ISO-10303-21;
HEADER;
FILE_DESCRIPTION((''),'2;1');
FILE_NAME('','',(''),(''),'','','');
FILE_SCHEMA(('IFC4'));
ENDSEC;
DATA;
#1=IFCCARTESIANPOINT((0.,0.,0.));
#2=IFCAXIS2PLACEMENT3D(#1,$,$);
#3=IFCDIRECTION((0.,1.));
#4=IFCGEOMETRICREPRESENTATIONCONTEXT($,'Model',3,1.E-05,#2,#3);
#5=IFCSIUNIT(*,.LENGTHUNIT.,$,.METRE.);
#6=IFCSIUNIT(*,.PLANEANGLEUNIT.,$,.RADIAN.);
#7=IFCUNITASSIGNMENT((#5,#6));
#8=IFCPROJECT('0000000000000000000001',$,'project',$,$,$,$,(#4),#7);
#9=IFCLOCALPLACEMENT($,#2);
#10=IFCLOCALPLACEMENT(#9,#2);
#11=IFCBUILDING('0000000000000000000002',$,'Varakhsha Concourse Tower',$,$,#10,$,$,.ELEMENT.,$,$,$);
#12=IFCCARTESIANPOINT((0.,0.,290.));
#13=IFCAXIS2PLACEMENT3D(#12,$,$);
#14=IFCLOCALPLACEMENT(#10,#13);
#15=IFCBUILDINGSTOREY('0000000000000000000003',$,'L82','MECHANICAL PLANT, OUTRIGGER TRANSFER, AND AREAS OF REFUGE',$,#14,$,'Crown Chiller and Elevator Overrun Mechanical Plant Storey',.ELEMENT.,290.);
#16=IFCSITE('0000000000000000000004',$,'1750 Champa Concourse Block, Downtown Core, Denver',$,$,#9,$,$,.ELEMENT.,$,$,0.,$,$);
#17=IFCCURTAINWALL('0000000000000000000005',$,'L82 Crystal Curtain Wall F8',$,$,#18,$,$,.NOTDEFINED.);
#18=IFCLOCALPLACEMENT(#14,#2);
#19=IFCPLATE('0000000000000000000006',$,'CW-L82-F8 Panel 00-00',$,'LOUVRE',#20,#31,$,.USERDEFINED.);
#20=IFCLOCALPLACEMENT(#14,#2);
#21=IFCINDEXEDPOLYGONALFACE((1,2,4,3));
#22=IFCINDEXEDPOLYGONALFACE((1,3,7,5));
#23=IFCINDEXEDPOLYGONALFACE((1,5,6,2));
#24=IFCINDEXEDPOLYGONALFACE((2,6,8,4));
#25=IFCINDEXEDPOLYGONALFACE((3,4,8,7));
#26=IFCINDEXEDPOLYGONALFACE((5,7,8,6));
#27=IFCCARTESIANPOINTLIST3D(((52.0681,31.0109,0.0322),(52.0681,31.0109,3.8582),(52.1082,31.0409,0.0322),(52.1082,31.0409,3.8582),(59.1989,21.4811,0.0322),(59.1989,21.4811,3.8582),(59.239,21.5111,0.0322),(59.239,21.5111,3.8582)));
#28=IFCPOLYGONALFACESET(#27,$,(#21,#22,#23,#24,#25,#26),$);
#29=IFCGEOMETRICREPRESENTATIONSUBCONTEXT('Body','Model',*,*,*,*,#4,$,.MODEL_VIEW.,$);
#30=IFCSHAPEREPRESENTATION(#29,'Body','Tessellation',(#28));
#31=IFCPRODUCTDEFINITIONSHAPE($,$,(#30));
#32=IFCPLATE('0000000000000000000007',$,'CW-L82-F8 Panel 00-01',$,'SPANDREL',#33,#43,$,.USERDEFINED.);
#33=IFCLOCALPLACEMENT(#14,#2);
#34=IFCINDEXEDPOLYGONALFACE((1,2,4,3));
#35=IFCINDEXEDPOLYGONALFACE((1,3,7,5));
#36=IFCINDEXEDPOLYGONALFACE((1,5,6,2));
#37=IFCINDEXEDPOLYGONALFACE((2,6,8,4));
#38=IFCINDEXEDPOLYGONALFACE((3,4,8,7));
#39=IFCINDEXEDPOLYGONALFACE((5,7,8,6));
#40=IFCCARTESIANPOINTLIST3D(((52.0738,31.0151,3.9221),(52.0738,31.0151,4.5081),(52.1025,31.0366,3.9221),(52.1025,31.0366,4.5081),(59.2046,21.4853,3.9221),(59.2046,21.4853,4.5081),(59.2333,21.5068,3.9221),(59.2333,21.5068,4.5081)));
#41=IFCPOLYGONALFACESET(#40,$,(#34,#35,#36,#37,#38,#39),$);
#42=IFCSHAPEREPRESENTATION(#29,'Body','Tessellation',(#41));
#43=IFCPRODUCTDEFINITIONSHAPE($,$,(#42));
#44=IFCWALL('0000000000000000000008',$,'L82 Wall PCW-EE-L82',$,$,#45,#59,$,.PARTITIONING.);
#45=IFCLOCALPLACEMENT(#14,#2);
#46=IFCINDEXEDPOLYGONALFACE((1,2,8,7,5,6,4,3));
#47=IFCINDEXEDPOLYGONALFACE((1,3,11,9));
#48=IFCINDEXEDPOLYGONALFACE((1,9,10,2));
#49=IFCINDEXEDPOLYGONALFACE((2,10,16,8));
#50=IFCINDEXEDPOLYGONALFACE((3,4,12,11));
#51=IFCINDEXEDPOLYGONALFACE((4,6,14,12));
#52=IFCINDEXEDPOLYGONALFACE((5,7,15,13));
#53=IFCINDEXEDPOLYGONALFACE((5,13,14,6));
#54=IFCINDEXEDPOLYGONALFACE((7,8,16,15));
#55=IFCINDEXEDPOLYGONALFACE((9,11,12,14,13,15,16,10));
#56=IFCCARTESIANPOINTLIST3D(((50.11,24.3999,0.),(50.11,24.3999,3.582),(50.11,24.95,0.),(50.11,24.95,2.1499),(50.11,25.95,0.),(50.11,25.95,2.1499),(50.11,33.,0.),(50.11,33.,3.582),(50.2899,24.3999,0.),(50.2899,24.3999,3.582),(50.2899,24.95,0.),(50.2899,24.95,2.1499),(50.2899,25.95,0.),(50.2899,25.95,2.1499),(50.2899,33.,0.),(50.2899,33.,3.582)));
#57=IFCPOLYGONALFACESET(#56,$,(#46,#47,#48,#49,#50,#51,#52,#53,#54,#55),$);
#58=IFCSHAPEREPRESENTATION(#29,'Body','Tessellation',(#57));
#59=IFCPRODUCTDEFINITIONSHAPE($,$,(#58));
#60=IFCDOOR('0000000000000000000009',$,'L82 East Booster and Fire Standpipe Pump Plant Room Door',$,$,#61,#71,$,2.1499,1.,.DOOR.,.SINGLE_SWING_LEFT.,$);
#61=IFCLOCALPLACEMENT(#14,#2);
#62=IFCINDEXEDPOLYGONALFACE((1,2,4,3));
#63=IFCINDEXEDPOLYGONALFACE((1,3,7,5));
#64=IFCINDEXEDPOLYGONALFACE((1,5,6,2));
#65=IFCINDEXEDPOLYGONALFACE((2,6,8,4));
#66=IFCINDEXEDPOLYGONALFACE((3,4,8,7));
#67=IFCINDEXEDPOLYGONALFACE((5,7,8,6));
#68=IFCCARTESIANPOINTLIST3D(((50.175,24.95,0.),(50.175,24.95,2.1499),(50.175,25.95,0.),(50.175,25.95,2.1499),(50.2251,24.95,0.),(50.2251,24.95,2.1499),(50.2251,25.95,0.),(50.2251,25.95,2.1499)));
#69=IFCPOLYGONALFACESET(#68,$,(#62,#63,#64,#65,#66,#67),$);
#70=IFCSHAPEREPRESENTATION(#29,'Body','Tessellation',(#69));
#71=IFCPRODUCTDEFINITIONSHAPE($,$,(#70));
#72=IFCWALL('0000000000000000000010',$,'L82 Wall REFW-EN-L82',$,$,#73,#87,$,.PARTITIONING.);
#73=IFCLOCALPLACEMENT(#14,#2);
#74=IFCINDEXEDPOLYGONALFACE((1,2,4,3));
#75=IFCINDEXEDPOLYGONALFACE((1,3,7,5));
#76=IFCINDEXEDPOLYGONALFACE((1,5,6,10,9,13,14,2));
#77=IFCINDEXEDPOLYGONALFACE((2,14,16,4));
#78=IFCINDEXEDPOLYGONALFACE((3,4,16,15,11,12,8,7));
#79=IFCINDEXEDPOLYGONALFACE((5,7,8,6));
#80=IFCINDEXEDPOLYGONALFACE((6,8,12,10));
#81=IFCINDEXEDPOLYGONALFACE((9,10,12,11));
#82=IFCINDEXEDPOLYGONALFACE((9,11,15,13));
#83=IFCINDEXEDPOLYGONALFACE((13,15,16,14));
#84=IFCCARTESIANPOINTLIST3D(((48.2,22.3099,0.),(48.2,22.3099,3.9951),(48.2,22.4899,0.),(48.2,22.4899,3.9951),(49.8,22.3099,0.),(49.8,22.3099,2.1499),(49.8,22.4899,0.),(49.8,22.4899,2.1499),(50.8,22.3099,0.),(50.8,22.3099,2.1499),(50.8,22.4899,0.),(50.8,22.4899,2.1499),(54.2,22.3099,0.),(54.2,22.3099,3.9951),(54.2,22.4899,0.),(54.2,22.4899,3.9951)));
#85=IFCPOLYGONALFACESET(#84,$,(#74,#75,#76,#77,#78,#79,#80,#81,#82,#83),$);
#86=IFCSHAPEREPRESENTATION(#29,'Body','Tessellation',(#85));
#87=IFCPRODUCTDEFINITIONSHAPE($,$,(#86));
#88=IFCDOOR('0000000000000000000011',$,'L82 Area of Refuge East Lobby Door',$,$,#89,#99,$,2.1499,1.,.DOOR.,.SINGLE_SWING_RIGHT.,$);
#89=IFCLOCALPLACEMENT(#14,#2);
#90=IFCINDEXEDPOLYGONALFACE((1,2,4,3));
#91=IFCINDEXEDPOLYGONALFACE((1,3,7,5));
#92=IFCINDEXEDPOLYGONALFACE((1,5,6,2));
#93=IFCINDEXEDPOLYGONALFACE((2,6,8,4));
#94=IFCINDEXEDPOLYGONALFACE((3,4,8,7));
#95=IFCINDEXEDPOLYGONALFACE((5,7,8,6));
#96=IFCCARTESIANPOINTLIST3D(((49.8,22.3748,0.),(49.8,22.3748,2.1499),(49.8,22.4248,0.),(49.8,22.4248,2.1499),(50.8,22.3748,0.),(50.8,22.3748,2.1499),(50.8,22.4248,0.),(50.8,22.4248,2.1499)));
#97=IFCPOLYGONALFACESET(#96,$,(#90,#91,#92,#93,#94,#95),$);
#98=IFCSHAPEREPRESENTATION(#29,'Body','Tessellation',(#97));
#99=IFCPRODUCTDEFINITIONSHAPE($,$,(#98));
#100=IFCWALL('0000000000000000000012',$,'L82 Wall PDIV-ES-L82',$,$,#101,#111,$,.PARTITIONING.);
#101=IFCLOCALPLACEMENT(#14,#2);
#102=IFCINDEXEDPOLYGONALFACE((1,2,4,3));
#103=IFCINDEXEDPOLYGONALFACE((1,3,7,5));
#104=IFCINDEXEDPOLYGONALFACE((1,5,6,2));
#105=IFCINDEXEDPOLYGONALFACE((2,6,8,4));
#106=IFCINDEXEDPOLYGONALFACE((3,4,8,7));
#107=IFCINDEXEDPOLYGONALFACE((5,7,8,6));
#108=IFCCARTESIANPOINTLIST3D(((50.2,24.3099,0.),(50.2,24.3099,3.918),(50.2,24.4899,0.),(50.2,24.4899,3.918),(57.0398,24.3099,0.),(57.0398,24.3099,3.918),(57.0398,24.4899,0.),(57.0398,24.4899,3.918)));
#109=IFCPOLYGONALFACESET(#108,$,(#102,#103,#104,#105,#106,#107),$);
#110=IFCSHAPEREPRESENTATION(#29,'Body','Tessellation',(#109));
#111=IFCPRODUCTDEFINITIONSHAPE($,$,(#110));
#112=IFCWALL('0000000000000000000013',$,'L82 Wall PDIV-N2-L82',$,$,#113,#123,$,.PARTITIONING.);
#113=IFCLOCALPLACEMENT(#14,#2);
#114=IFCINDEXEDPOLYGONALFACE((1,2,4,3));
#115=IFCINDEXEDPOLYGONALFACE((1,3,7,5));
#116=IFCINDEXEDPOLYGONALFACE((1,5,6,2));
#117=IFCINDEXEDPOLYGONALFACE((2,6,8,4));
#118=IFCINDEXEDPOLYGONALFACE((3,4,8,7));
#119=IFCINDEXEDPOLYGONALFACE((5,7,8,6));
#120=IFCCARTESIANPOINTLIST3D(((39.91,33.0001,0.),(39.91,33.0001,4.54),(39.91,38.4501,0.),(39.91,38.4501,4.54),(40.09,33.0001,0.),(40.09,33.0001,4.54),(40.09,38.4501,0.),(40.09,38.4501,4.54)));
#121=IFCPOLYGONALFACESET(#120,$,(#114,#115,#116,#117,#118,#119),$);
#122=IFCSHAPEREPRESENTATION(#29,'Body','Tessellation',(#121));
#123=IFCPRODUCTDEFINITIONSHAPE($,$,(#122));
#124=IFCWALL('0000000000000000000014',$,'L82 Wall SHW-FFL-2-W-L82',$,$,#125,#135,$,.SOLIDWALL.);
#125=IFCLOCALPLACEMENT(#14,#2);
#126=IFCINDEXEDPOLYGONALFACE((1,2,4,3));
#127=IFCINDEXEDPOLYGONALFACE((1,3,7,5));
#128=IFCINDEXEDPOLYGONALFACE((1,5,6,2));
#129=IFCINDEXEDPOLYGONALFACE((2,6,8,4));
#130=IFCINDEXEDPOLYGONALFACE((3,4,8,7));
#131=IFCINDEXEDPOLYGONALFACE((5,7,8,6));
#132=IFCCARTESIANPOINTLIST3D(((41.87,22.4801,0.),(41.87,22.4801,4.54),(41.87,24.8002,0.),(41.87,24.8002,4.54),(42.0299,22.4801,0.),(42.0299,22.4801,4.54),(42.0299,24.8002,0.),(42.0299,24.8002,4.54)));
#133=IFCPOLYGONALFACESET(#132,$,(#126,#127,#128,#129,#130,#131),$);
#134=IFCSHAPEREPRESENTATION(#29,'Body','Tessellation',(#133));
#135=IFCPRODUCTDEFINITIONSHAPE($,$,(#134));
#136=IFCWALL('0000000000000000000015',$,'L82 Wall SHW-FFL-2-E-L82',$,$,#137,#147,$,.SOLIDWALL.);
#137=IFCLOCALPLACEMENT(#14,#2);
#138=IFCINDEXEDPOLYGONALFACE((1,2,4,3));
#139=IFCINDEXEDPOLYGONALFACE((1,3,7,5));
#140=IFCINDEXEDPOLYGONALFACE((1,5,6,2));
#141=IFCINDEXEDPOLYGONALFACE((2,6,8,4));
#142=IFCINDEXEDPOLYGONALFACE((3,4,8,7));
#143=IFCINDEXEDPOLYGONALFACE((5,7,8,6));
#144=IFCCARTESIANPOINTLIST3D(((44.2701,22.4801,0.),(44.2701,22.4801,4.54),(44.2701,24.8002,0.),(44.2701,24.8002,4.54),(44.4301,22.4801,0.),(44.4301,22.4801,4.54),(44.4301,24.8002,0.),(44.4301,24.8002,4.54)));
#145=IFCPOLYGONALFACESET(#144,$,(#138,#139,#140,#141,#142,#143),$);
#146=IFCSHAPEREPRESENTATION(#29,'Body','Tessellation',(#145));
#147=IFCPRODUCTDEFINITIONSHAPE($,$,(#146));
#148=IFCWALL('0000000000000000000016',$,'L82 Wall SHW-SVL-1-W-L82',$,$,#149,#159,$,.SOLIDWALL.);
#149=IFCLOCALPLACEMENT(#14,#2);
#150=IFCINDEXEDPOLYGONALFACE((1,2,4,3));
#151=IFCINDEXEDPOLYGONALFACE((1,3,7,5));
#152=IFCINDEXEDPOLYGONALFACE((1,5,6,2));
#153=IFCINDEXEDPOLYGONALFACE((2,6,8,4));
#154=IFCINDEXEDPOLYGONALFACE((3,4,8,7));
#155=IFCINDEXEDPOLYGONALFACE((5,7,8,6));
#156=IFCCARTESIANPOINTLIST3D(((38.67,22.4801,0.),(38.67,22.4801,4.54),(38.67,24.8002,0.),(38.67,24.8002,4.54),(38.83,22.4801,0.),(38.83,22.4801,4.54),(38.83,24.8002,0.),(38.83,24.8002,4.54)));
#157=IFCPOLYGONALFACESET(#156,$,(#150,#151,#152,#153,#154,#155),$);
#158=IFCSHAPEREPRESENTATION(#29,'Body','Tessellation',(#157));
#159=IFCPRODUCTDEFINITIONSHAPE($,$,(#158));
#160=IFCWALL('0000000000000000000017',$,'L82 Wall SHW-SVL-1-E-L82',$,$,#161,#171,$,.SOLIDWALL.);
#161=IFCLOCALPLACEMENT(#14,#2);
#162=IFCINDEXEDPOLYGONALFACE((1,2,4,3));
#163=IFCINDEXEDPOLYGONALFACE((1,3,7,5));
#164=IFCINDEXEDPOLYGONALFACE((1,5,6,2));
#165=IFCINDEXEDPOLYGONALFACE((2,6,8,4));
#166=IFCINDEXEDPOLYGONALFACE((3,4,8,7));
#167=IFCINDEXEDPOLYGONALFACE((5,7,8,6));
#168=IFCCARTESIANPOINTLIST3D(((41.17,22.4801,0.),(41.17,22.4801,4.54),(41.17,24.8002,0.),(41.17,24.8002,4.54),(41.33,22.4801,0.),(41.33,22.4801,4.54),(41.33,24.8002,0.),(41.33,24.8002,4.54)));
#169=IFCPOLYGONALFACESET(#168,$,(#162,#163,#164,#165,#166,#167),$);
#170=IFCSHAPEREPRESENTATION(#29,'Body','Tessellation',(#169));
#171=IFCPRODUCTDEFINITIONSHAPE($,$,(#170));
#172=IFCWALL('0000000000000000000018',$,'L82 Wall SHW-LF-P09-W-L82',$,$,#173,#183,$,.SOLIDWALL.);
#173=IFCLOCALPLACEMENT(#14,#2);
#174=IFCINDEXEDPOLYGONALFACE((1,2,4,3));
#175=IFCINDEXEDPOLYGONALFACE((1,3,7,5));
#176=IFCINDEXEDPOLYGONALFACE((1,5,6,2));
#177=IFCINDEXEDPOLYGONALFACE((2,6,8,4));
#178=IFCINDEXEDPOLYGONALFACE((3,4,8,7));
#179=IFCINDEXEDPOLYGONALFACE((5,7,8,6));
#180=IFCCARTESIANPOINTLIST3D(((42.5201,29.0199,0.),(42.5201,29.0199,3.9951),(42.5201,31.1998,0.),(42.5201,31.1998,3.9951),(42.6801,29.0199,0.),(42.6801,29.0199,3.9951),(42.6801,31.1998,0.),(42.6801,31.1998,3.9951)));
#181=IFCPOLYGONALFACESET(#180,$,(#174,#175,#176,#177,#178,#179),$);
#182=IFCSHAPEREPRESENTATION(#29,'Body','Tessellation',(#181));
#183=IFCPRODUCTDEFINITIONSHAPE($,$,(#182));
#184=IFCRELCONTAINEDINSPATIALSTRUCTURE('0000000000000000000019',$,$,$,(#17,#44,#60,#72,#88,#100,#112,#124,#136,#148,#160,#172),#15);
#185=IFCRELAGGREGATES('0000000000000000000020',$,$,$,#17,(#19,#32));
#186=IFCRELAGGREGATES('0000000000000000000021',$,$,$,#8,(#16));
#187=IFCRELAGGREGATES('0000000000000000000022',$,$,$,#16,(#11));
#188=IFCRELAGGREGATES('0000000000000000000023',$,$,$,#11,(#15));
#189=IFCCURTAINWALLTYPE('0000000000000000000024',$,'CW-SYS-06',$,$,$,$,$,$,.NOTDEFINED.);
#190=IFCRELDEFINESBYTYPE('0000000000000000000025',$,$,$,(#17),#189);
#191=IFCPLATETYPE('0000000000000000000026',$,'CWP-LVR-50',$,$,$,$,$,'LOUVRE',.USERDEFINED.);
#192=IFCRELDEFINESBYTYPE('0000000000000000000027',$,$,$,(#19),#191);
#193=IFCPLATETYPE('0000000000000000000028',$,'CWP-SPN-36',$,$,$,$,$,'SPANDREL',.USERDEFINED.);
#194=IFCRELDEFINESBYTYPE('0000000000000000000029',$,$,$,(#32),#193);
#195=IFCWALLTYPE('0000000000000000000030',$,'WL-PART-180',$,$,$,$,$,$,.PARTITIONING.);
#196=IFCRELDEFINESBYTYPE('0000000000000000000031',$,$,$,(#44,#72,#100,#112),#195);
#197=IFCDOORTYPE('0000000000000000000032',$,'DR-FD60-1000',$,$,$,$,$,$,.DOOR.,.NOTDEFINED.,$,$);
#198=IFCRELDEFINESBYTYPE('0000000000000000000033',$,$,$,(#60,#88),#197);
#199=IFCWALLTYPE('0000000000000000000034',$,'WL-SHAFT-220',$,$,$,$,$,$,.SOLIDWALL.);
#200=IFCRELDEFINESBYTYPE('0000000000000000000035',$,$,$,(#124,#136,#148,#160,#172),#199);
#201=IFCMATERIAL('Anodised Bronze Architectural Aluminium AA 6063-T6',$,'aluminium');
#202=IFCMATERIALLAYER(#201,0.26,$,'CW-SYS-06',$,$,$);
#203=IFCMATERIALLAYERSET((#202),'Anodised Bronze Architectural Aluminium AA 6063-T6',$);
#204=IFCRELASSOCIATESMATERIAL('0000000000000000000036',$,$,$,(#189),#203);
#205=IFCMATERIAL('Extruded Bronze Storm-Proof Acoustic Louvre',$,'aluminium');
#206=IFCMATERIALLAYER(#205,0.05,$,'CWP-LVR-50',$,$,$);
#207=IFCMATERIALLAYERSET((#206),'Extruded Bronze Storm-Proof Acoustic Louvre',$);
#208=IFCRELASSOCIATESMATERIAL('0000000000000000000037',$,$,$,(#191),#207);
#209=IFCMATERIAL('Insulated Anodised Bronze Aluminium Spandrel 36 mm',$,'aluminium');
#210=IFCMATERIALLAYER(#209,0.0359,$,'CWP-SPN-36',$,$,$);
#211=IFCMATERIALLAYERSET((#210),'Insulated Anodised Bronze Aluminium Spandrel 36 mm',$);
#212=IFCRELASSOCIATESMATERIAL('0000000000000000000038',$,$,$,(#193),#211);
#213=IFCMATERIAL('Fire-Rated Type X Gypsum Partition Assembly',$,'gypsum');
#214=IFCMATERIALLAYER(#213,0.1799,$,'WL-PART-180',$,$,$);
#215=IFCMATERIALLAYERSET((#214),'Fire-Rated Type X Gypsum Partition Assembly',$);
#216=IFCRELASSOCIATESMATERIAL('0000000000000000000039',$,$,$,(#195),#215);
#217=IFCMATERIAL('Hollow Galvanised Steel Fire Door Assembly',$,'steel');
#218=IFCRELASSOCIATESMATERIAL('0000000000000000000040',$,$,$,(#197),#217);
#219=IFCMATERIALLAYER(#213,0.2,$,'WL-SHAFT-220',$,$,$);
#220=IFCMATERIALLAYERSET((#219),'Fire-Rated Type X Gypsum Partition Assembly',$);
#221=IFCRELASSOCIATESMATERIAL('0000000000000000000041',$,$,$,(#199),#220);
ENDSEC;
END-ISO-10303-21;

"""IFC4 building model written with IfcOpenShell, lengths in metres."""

from ifc_helpers import new_model, si_unit, direction, frame, frame_2d, origin, origin_2d, place, context, subcontext, project, spatial, rectangle, extrude, source, transform, mapped, material, layer, layer_set, type_object, type_shapes, element, fill, aggregate, save


model = new_model("IFC4")

# Units and contexts
model_context = context("Model", 3, precision=1e-05, world=origin(), true_north=direction((0.0, 1.0)))
body_context = subcontext(model_context, "Body", "Model", "MODEL_VIEW")
ifc_project = project(units=[si_unit("LENGTHUNIT", "METRE"), si_unit("PLANEANGLEUNIT", "RADIAN")], contexts=[model_context])

# Site, building, storey
site_placement = place(None, origin())
site = spatial("IfcSite", under=ifc_project, at=site_placement, Name="1750 Champa Concourse Block, Downtown Core, Denver", CompositionType="ELEMENT", RefElevation=0.0)
building_placement = place(site_placement, origin())
building = spatial("IfcBuilding", under=site, at=building_placement, Name="Varakhsha Concourse Tower", CompositionType="ELEMENT")
storey_placement = place(building_placement, frame((0.0, 0.0, 290.0)))
storey = spatial("IfcBuildingStorey", under=building, at=storey_placement, Name="L82", Description="MECHANICAL PLANT, OUTRIGGER TRANSFER, AND AREAS OF REFUGE", LongName="Crown Chiller and Elevator Overrun Mechanical Plant Storey", CompositionType="ELEMENT", Elevation=290.0)

# Curtain wall
ifc_material_1 = material(Name="Anodised Bronze Architectural Aluminium AA 6063-T6", Category="aluminium")
ifc_layer_1 = layer(ifc_material_1, 0.26, Name="CW-SYS-06")
ifc_layer_set_1 = layer_set([ifc_layer_1], Name="Anodised Bronze Architectural Aluminium AA 6063-T6")
curtain_wall_type = type_object("IfcCurtainWallType", Name="CW-SYS-06", PredefinedType="NOTDEFINED", material=ifc_layer_set_1)
curtain_wall_1_placement = place(storey_placement, origin())
curtain_wall_1 = element("IfcCurtainWall", 1, at=curtain_wall_1_placement, inside=storey, type_object=curtain_wall_type, Name="L82 Crystal Curtain Wall F8", PredefinedType="NOTDEFINED")

# Plates
ifc_material_2 = material(Name="Extruded Bronze Storm-Proof Acoustic Louvre", Category="aluminium")
ifc_layer_2 = layer(ifc_material_2, 0.05, Name="CWP-LVR-50")
ifc_layer_set_2 = layer_set([ifc_layer_2], Name="Extruded Bronze Storm-Proof Acoustic Louvre")
plate_type_1 = type_object("IfcPlateType", Name="CWP-LVR-50", ElementType="LOUVRE", PredefinedType="USERDEFINED", material=ifc_layer_set_2)
shared_shape_1 = source(origin(), body_context, "Body", "SweptSolid", [
    extrude(rectangle(XDim=11.9023, YDim=0.05, at=origin_2d()), origin(), (0.0, 0.0, 1.0), 3.8259),
])
type_shapes(plate_type_1, [shared_shape_1])
plate_1_placement = place(storey_placement, frame((55.6536, 26.261, 0.0322), z_axis=(0.0, 0.0, 1.0), x_axis=(0.599112, -0.800666, 0.0)))
plate_1 = element("IfcPlate", 2, at=plate_1_placement, type_object=plate_type_1, Name="CW-L82-F8 Panel 00-00", ObjectType="LOUVRE", PredefinedType="USERDEFINED", context=body_context, shape_type="MappedRepresentation", body=[
    mapped(shared_shape_1, transform((0.0, 0.0, 0.0), scale=1.0)),
])
ifc_material_3 = material(Name="Insulated Anodised Bronze Aluminium Spandrel 36 mm", Category="aluminium")
ifc_layer_3 = layer(ifc_material_3, 0.0359, Name="CWP-SPN-36")
ifc_layer_set_3 = layer_set([ifc_layer_3], Name="Insulated Anodised Bronze Aluminium Spandrel 36 mm")
plate_type_2 = type_object("IfcPlateType", Name="CWP-SPN-36", ElementType="SPANDREL", PredefinedType="USERDEFINED", material=ifc_layer_set_3)
shared_shape_2 = source(origin(), body_context, "Body", "SweptSolid", [
    extrude(rectangle(XDim=11.9023, YDim=0.0359, at=origin_2d()), origin(), (0.0, 0.0, 1.0), 0.5859),
])
type_shapes(plate_type_2, [shared_shape_2])
plate_2_placement = place(storey_placement, frame((55.6536, 26.261, 3.9221), z_axis=(0.0, 0.0, 1.0), x_axis=(0.599112, -0.800666, 0.0)))
plate_2 = element("IfcPlate", 3, at=plate_2_placement, type_object=plate_type_2, Name="CW-L82-F8 Panel 00-01", ObjectType="SPANDREL", PredefinedType="USERDEFINED", context=body_context, shape_type="MappedRepresentation", body=[
    mapped(shared_shape_2, transform((0.0, 0.0, 0.0), scale=1.0)),
])
aggregate(curtain_wall_1, [plate_1, plate_2])

# Walls, openings, doors
ifc_material_4 = material(Name="Fire-Rated Type X Gypsum Partition Assembly", Category="gypsum")
ifc_layer_4 = layer(ifc_material_4, 0.1799, Name="WL-PART-180")
ifc_layer_set_4 = layer_set([ifc_layer_4], Name="Fire-Rated Type X Gypsum Partition Assembly")
wall_type_1 = type_object("IfcWallType", Name="WL-PART-180", PredefinedType="PARTITIONING", material=ifc_layer_set_4)
wall_1_placement = place(storey_placement, frame((50.2, 24.3999, 0.0), z_axis=(0.0, 0.0, 1.0), x_axis=(0.0, 1.0, 0.0)))
wall_1 = element("IfcWall", 4, at=wall_1_placement, inside=storey, type_object=wall_type_1, Name="L82 Wall PCW-EE-L82", PredefinedType="PARTITIONING", context=body_context, shape_type="SweptSolid", body=[
    extrude(rectangle(XDim=8.6001, YDim=0.1799, at=frame_2d((4.3, 0.0))), origin(), (0.0, 0.0, 1.0), 3.582),
])
opening_1_placement = place(wall_1_placement, frame((0.55, 0.0, 0.0)))
opening_1 = element("IfcOpeningElement", 5, at=opening_1_placement, cuts=wall_1, PredefinedType="OPENING", context=body_context, shape_type="SweptSolid", body=[
    extrude(rectangle(XDim=1.0, YDim=2.1499, at=frame_2d((0.5, 1.075))), frame((0.0, 0.0999, 0.0), z_axis=(0.0, -1.0, 0.0), x_axis=(1.0, 0.0, 0.0)), (0.0, 0.0, 1.0), 0.2),
])
ifc_material_5 = material(Name="Hollow Galvanised Steel Fire Door Assembly", Category="steel")
door_type = type_object("IfcDoorType", Name="DR-FD60-1000", OperationType="NOTDEFINED", PredefinedType="DOOR", material=ifc_material_5)
door_1_placement = place(opening_1_placement, origin())
door_1 = element("IfcDoor", 6, at=door_1_placement, inside=storey, type_object=door_type, Name="L82 East Booster and Fire Standpipe Pump Plant Room Door", OperationType="SINGLE_SWING_LEFT", OverallHeight=2.1499, OverallWidth=1.0, PredefinedType="DOOR", context=body_context, shape_type="SweptSolid", body=[
    extrude(rectangle(XDim=1.0, YDim=2.1499, at=frame_2d((0.5, 1.075))), frame((0.0, 0.0249, 0.0), z_axis=(0.0, -1.0, 0.0), x_axis=(1.0, 0.0, 0.0)), (0.0, 0.0, 1.0), 0.05),
])
fill(opening_1, door_1)
wall_2_placement = place(storey_placement, frame((48.2, 22.3999, 0.0), z_axis=(0.0, 0.0, 1.0), x_axis=(1.0, 0.0, 0.0)))
wall_2 = element("IfcWall", 7, at=wall_2_placement, inside=storey, type_object=wall_type_1, Name="L82 Wall REFW-EN-L82", PredefinedType="PARTITIONING", context=body_context, shape_type="SweptSolid", body=[
    extrude(rectangle(XDim=6.0, YDim=0.1799, at=frame_2d((3.0, 0.0))), origin(), (0.0, 0.0, 1.0), 3.9951),
])
opening_2_placement = place(wall_2_placement, frame((1.6001, 0.0, 0.0)))
opening_2 = element("IfcOpeningElement", 8, at=opening_2_placement, cuts=wall_2, PredefinedType="OPENING", context=body_context, shape_type="SweptSolid", body=[
    extrude(rectangle(XDim=1.0, YDim=2.1499, at=frame_2d((0.5, 1.075))), frame((0.0, 0.0999, 0.0), z_axis=(0.0, -1.0, 0.0), x_axis=(1.0, 0.0, 0.0)), (0.0, 0.0, 1.0), 0.2),
])
door_2_placement = place(opening_2_placement, origin())
door_2 = element("IfcDoor", 9, at=door_2_placement, inside=storey, type_object=door_type, Name="L82 Area of Refuge East Lobby Door", OperationType="SINGLE_SWING_RIGHT", OverallHeight=2.1499, OverallWidth=1.0, PredefinedType="DOOR", context=body_context, shape_type="SweptSolid", body=[
    extrude(rectangle(XDim=1.0, YDim=2.1499, at=frame_2d((0.5, 1.075))), frame((0.0, 0.0249, 0.0), z_axis=(0.0, -1.0, 0.0), x_axis=(1.0, 0.0, 0.0)), (0.0, 0.0, 1.0), 0.05),
])
fill(opening_2, door_2)

# Walls
wall_3_placement = place(storey_placement, frame((50.2, 24.3999, 0.0), z_axis=(0.0, 0.0, 1.0), x_axis=(1.0, 0.0, 0.0)))
element("IfcWall", 10, at=wall_3_placement, inside=storey, type_object=wall_type_1, Name="L82 Wall PDIV-ES-L82", PredefinedType="PARTITIONING", context=body_context, shape_type="SweptSolid", body=[
    extrude(rectangle(XDim=6.8398, YDim=0.1799, at=frame_2d((3.4199, 0.0))), origin(), (0.0, 0.0, 1.0), 3.918),
])
wall_4_placement = place(storey_placement, frame((40.0, 33.0, 0.0), z_axis=(0.0, 0.0, 1.0), x_axis=(0.0, 1.0, 0.0)))
element("IfcWall", 11, at=wall_4_placement, inside=storey, type_object=wall_type_1, Name="L82 Wall PDIV-N2-L82", PredefinedType="PARTITIONING", context=body_context, shape_type="SweptSolid", body=[
    extrude(rectangle(XDim=5.45, YDim=0.1799, at=frame_2d((2.7251, 0.0))), origin(), (0.0, 0.0, 1.0), 4.54),
])
ifc_layer_5 = layer(ifc_material_4, 0.2, Name="WL-SHAFT-220")
ifc_layer_set_5 = layer_set([ifc_layer_5], Name="Fire-Rated Type X Gypsum Partition Assembly")
wall_type_2 = type_object("IfcWallType", Name="WL-SHAFT-220", PredefinedType="SOLIDWALL", material=ifc_layer_set_5)
for number, where, z_axis, x_axis, name in (
    (12, (41.95, 22.48, 0.0), (0.0, 0.0, 1.0), (0.0, 1.0, 0.0), "L82 Wall SHW-FFL-2-W-L82"),
    (13, (44.3501, 22.48, 0.0), (0.0, 0.0, 1.0), (0.0, 1.0, 0.0), "L82 Wall SHW-FFL-2-E-L82"),
    (14, (38.75, 22.48, 0.0), (0.0, 0.0, 1.0), (0.0, 1.0, 0.0), "L82 Wall SHW-SVL-1-W-L82"),
    (15, (41.25, 22.48, 0.0), (0.0, 0.0, 1.0), (0.0, 1.0, 0.0), "L82 Wall SHW-SVL-1-E-L82"),
):
    element("IfcWall", number, at=place(storey_placement, frame(where, z_axis=z_axis, x_axis=x_axis)), inside=storey, type_object=wall_type_2, Name=name, PredefinedType="SOLIDWALL", context=body_context, shape_type="SweptSolid", body=[
        extrude(rectangle(XDim=2.3201, YDim=0.1599, at=frame_2d((1.1602, 0.0))), origin(), (0.0, 0.0, 1.0), 4.54),
    ])
for number, where, z_axis, x_axis, name in (
    (16, (42.6001, 29.02, 0.0), (0.0, 0.0, 1.0), (0.0, 1.0, 0.0), "L82 Wall SHW-LF-P09-W-L82"),
):
    element("IfcWall", number, at=place(storey_placement, frame(where, z_axis=z_axis, x_axis=x_axis)), inside=storey, type_object=wall_type_2, Name=name, PredefinedType="SOLIDWALL", context=body_context, shape_type="SweptSolid", body=[
        extrude(rectangle(XDim=2.1799, YDim=0.1599, at=frame_2d((1.0898, 0.0))), origin(), (0.0, 0.0, 1.0), 3.9951),
    ])

save(model, "model.ifc")
